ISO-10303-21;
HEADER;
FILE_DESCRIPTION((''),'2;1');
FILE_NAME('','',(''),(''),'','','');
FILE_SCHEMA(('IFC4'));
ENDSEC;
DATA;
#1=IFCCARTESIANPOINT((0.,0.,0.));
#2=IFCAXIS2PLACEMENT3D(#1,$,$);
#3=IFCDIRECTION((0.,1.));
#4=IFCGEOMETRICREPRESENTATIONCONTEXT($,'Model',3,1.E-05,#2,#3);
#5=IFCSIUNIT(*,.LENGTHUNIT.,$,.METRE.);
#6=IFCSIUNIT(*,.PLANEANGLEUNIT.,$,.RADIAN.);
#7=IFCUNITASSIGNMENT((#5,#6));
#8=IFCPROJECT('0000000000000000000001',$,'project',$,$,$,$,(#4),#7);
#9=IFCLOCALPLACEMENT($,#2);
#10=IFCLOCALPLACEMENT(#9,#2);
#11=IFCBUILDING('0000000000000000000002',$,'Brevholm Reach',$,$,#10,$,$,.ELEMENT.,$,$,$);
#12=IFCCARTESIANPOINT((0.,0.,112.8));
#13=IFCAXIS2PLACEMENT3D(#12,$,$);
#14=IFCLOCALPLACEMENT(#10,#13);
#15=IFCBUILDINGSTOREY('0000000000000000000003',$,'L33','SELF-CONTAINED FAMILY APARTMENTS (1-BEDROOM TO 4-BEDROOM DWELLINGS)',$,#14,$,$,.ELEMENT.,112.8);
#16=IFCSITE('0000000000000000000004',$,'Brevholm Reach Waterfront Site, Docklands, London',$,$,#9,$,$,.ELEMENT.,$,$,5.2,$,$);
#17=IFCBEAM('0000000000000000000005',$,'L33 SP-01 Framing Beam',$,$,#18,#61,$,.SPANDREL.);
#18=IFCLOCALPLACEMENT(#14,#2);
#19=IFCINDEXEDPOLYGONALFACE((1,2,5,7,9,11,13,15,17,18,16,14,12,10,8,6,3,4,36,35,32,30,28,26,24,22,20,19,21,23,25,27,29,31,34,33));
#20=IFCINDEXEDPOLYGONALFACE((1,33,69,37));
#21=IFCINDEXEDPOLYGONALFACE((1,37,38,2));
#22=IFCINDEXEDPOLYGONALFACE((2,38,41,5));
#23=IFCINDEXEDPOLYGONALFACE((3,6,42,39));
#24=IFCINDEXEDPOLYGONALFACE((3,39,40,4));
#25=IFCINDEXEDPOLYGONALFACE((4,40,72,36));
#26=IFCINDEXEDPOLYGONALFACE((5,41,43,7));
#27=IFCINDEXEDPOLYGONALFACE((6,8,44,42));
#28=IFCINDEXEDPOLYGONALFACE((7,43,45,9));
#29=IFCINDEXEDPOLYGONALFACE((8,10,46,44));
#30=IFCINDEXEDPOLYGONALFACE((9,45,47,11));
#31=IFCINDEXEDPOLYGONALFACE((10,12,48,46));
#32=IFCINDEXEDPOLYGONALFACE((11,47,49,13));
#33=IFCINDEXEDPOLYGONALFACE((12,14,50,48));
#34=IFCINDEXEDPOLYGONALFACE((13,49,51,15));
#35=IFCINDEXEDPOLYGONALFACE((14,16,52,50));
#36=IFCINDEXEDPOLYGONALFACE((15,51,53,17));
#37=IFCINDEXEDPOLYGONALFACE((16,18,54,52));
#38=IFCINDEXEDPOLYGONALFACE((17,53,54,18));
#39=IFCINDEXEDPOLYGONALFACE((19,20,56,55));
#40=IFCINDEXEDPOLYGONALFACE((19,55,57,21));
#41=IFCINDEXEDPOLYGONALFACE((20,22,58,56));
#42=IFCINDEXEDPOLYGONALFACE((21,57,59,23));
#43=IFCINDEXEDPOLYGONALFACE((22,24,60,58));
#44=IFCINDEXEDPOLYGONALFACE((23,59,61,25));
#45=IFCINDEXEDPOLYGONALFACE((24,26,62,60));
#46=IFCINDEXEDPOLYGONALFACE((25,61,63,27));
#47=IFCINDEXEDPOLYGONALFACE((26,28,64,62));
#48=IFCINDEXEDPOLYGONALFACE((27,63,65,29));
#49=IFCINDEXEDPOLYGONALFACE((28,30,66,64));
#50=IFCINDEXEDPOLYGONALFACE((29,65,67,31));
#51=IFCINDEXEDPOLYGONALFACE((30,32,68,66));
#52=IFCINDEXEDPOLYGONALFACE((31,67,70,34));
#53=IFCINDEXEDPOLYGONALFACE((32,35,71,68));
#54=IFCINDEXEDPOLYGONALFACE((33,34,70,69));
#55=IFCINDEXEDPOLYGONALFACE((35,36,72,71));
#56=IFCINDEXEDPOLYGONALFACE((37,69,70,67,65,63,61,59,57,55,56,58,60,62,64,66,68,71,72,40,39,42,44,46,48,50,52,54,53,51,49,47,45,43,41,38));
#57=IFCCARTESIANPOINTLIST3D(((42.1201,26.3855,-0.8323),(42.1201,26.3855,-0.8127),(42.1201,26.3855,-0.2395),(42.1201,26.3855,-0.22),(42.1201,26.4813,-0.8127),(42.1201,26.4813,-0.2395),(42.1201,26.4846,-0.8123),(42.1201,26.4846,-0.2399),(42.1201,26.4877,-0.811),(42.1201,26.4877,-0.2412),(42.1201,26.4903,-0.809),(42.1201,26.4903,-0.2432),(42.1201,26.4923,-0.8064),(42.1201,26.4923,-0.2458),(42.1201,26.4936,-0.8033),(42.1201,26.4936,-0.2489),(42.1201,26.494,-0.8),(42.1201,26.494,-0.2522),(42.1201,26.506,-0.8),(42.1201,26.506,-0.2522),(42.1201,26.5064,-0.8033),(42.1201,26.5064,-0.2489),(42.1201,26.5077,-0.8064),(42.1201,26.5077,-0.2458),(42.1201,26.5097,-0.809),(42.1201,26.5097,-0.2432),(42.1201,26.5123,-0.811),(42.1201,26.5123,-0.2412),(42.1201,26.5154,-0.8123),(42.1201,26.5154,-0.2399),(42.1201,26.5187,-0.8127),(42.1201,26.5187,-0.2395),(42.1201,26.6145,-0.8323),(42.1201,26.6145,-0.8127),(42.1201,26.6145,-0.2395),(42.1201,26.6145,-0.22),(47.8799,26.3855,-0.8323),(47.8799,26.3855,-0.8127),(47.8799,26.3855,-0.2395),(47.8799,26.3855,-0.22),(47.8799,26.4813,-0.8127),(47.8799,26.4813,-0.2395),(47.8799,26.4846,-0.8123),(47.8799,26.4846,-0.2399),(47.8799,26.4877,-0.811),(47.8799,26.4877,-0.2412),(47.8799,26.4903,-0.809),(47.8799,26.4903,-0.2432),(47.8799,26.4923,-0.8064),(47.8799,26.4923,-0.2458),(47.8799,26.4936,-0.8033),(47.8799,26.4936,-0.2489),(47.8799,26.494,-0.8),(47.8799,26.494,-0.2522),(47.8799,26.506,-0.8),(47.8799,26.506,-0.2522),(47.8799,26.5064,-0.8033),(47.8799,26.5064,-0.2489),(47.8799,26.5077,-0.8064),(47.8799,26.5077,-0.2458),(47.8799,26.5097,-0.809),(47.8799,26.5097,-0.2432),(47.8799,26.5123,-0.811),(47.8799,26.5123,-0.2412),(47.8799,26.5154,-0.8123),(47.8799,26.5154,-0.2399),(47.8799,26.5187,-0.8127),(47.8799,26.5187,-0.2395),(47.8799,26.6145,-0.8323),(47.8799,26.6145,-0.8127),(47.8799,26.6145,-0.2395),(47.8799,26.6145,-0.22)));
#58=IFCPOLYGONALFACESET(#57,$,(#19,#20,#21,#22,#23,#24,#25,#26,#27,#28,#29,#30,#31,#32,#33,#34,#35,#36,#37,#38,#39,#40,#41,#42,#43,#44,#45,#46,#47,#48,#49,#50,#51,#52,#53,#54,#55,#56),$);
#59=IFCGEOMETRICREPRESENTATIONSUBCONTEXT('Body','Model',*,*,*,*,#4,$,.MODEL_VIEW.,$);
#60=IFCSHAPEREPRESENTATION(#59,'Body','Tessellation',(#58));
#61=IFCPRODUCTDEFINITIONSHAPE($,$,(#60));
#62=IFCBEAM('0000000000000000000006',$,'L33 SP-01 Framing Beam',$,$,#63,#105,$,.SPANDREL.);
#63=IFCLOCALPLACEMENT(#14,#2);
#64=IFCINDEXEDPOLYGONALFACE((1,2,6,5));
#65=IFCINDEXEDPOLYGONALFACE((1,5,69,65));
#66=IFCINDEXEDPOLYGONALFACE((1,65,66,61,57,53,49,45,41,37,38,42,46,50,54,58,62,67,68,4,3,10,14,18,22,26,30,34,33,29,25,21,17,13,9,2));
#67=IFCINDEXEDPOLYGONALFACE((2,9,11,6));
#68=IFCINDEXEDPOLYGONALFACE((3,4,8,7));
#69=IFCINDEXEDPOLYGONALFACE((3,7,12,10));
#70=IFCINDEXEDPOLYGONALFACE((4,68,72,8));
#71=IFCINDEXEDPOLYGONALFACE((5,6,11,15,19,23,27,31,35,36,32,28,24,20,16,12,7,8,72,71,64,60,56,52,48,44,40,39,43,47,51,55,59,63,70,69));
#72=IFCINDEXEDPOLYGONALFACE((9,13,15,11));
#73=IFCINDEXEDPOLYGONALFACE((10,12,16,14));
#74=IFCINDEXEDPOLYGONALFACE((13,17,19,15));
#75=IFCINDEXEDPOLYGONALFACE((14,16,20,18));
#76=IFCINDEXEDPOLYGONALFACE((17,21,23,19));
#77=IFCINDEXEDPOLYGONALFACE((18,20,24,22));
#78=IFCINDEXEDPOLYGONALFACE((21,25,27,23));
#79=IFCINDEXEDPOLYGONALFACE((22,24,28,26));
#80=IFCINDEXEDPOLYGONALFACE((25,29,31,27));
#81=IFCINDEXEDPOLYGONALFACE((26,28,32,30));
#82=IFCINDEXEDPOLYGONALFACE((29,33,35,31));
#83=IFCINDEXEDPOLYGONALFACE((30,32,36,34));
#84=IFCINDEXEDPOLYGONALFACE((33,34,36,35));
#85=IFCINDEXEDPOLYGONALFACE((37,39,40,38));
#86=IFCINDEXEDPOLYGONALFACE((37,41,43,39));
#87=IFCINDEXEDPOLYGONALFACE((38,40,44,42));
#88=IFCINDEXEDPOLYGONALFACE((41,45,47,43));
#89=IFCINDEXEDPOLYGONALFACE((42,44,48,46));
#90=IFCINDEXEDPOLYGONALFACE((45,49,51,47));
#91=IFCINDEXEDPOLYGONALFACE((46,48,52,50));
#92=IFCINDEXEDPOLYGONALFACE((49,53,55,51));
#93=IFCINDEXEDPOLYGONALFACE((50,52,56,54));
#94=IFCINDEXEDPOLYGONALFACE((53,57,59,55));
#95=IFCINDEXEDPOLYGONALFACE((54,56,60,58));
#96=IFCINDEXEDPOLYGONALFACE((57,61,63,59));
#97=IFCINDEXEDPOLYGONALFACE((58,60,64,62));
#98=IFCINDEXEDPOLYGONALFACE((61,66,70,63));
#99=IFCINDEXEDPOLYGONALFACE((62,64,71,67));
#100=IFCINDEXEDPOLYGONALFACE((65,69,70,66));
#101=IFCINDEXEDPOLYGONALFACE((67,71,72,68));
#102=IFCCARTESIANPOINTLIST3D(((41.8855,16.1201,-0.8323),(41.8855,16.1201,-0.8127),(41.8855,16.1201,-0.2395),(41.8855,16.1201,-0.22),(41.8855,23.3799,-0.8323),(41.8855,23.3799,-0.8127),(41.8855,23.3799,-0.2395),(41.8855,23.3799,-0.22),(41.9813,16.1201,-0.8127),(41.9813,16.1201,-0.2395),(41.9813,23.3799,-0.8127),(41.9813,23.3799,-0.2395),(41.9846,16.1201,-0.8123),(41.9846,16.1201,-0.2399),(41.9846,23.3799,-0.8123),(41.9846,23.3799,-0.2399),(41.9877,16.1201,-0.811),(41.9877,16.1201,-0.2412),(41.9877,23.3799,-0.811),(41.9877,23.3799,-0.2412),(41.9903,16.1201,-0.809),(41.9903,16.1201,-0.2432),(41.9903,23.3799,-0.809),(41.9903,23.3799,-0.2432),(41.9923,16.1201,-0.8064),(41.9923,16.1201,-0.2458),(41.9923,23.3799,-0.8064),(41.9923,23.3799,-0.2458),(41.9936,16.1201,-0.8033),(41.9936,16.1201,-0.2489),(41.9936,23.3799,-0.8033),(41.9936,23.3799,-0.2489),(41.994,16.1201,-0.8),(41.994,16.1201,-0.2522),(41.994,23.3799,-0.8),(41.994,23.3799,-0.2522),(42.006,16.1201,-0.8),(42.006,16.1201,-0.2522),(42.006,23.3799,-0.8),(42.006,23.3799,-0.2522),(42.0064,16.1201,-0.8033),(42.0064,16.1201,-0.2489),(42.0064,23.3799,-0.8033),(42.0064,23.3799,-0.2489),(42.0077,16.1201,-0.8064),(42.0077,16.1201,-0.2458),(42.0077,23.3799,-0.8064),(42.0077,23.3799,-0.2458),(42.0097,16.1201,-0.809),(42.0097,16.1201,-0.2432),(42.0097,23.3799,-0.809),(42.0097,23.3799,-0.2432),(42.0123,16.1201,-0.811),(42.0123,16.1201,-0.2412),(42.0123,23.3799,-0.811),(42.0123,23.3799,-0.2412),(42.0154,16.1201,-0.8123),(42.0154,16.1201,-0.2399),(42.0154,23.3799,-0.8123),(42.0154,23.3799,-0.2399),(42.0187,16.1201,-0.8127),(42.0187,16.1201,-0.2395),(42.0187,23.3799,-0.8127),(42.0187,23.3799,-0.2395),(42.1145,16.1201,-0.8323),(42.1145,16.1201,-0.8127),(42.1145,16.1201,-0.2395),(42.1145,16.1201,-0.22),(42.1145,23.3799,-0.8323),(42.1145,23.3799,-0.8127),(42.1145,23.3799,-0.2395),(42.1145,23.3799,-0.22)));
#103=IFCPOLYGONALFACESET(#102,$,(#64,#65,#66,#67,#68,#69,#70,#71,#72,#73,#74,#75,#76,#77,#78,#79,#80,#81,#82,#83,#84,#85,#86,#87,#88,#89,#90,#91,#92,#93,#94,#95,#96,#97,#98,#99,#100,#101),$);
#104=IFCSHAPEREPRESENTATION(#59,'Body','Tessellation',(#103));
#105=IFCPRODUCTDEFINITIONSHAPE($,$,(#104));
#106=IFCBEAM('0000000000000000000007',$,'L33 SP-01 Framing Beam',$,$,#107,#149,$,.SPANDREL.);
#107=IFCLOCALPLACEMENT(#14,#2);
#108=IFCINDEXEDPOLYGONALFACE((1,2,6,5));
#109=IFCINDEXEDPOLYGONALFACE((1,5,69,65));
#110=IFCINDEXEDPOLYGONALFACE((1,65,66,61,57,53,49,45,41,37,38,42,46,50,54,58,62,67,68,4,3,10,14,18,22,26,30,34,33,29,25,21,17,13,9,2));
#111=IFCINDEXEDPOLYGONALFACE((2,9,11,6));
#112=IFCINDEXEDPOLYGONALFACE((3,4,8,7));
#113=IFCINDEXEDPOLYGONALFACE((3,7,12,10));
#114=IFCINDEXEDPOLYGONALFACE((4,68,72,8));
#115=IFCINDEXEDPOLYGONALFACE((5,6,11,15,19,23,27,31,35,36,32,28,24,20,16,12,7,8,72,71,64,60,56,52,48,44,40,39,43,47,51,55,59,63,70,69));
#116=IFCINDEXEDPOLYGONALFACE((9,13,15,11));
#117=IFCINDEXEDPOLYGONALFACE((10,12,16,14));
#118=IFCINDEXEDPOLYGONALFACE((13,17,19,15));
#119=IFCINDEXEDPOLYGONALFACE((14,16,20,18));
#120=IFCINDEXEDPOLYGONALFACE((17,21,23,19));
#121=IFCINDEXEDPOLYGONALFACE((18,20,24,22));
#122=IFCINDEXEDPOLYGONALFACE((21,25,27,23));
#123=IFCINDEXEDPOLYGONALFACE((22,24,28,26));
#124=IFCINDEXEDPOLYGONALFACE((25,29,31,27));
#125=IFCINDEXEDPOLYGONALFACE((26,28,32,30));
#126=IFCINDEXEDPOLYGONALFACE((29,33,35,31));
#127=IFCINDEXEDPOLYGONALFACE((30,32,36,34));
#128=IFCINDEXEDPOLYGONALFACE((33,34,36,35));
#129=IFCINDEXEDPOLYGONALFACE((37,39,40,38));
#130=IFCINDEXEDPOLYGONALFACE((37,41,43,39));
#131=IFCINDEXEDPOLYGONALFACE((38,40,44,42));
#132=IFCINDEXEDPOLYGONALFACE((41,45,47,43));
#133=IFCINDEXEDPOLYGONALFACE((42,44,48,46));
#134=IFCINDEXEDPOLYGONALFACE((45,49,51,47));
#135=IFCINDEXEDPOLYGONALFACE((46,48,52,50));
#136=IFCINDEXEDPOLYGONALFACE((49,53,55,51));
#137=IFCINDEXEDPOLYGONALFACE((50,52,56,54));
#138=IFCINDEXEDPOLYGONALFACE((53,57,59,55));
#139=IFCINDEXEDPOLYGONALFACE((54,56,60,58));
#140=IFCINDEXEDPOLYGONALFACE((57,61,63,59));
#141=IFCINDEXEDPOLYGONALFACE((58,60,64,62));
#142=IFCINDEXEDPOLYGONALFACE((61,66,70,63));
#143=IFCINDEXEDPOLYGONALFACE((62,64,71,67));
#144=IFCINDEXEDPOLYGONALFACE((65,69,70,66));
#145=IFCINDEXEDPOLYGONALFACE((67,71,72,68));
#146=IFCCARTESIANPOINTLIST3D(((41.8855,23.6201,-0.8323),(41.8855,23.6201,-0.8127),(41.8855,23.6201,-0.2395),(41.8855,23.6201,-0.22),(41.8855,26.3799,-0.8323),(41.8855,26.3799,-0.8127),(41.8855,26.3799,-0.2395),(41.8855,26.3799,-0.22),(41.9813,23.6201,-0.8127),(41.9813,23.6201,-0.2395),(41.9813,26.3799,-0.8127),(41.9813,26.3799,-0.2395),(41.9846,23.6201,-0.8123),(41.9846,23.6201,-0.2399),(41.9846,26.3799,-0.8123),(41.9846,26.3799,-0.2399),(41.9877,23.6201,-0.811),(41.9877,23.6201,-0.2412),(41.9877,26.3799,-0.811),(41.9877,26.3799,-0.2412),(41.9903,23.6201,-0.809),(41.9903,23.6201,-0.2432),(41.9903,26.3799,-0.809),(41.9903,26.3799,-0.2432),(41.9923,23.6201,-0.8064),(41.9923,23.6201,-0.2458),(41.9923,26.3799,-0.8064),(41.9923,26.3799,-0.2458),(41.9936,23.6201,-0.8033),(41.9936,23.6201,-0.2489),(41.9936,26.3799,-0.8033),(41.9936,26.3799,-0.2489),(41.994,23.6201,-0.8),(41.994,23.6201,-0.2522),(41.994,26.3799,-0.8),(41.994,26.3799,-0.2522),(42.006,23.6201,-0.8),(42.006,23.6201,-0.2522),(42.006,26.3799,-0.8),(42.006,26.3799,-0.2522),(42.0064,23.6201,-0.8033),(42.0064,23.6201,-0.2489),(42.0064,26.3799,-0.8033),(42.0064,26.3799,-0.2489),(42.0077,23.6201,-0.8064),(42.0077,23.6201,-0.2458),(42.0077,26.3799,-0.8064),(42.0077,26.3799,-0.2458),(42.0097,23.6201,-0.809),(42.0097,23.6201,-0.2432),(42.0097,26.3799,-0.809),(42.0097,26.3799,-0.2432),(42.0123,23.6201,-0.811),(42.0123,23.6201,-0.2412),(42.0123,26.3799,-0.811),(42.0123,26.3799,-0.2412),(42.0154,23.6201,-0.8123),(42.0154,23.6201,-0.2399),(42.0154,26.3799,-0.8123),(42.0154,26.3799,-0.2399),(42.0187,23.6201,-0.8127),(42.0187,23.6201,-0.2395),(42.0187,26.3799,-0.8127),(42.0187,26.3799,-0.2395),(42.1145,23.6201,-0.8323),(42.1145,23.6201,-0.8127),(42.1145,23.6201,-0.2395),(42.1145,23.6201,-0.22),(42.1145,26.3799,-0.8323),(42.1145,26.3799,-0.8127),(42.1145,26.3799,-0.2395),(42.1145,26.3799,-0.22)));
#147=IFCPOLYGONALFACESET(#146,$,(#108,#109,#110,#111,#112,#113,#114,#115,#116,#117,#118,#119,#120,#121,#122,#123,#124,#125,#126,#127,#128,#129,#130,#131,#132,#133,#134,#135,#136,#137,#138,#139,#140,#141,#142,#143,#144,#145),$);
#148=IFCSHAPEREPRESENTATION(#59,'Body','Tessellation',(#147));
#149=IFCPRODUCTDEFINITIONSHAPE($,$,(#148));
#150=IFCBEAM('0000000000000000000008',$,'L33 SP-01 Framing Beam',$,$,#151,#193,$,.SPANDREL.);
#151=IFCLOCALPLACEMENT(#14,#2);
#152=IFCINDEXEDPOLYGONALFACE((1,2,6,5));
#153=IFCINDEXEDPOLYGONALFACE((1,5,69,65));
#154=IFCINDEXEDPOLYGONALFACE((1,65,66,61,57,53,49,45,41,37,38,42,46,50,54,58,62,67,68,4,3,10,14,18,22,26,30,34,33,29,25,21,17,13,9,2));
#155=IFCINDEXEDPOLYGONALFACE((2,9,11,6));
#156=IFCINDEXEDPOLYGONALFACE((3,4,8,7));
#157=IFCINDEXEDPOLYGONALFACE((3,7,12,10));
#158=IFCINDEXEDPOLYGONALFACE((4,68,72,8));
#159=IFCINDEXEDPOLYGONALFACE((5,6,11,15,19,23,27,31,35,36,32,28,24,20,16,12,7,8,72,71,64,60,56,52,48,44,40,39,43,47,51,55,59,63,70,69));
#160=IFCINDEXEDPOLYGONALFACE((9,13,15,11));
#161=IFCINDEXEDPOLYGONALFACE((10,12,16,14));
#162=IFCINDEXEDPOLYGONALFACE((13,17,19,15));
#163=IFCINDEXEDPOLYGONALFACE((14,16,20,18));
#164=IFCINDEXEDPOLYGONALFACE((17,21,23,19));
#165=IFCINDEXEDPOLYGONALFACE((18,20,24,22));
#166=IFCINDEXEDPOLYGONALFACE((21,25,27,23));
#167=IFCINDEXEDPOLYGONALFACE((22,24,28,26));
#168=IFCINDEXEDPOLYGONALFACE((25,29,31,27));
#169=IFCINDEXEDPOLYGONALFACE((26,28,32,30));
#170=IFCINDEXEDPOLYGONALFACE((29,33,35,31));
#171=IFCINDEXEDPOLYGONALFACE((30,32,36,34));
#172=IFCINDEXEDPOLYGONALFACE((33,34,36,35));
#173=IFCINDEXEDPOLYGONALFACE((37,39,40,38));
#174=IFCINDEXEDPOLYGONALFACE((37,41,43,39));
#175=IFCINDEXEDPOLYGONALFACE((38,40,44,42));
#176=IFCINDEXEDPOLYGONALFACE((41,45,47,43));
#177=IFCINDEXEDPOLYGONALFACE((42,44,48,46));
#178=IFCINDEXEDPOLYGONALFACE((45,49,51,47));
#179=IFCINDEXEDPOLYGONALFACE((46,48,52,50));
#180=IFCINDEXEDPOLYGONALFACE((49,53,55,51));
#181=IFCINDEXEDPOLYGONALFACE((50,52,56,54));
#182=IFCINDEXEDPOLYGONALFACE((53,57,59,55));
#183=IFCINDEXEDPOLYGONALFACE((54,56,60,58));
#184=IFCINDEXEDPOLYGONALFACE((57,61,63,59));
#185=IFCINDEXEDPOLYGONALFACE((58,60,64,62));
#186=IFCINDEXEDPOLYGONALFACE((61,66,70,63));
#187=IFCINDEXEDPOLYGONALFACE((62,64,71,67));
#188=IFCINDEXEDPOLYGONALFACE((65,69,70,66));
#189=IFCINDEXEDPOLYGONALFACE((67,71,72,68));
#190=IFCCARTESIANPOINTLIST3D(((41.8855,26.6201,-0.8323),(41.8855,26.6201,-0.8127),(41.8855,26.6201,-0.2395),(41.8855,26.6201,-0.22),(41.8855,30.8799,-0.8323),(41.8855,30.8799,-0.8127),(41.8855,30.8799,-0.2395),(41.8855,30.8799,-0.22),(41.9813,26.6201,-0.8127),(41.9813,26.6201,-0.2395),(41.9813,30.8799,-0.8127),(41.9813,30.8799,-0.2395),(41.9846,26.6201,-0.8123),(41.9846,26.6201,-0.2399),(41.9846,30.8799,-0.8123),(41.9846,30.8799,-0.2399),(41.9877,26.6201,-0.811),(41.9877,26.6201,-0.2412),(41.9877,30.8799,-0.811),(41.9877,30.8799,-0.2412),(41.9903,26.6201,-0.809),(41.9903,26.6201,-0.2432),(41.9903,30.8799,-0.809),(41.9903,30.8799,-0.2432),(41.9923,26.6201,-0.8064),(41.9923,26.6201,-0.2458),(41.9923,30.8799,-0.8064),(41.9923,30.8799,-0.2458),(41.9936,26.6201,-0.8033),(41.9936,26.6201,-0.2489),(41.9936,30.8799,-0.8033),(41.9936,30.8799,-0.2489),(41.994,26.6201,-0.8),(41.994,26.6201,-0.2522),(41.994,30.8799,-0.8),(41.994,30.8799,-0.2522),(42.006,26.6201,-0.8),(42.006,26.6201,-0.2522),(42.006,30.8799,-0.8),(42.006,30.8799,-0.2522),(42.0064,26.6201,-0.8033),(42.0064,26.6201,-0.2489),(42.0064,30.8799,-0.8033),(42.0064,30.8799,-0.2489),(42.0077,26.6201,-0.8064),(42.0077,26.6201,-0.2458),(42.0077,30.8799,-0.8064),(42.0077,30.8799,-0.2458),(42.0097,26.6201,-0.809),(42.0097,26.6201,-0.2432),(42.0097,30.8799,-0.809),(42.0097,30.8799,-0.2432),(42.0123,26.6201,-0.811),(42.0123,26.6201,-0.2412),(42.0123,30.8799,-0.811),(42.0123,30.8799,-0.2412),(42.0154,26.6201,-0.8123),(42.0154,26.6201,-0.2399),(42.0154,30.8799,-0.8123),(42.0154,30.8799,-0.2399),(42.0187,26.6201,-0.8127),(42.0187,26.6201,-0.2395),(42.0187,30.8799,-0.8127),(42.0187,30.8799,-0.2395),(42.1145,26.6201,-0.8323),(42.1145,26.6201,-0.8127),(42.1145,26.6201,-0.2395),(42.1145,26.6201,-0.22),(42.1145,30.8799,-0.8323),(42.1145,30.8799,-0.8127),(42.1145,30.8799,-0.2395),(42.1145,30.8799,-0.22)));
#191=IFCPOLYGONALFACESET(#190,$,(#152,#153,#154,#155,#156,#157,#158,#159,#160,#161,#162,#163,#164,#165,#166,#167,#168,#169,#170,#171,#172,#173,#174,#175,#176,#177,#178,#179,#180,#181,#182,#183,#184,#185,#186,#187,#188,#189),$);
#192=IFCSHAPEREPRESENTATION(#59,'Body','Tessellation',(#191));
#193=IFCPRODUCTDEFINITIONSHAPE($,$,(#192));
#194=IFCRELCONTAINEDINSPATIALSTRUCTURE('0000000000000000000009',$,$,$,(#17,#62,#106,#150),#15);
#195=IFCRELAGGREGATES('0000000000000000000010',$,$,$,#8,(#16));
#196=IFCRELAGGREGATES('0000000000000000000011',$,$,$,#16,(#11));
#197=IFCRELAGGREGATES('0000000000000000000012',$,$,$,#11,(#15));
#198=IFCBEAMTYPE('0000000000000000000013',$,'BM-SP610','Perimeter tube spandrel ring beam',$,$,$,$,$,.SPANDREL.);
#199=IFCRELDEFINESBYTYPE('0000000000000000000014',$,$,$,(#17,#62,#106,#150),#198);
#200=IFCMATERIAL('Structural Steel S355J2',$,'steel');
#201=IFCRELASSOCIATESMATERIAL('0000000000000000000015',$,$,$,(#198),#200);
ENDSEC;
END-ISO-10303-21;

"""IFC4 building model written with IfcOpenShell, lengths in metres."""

from ifc_helpers import new_model, si_unit, direction, frame, origin, origin_2d, place, context, subcontext, project, spatial, i_section, extrude, material, material_profile, profile_set, type_object, element, save


model = new_model("IFC4")

# Units and contexts
model_context = context("Model", 3, precision=1e-05, world=origin(), true_north=direction((0.0, 1.0)))
body_context = subcontext(model_context, "Body", "Model", "MODEL_VIEW")
ifc_project = project(units=[si_unit("LENGTHUNIT", "METRE"), si_unit("PLANEANGLEUNIT", "RADIAN")], contexts=[model_context])

# Site, building, storey
site_placement = place(None, origin())
site = spatial("IfcSite", under=ifc_project, at=site_placement, Name="Brevholm Reach Waterfront Site, Docklands, London", CompositionType="ELEMENT", RefElevation=5.2)
building_placement = place(site_placement, origin())
building = spatial("IfcBuilding", under=site, at=building_placement, Name="Brevholm Reach", CompositionType="ELEMENT")
storey_placement = place(building_placement, frame((0.0, 0.0, 112.8)))
storey = spatial("IfcBuildingStorey", under=building, at=storey_placement, Name="L33", Description="SELF-CONTAINED FAMILY APARTMENTS (1-BEDROOM TO 4-BEDROOM DWELLINGS)", CompositionType="ELEMENT", Elevation=112.8)

# Beams
ifc_material_1 = material(Name="Structural Steel S355J2", Category="steel")
ifc_material_profile_1 = material_profile(ifc_material_1, i_section(OverallWidth=0.229, OverallDepth=0.6123, WebThickness=0.012, FlangeThickness=0.0195, FilletRadius=0.0127, at=origin_2d()), Name="UKB 610x229x125")
ifc_profile_set_1 = profile_set([ifc_material_profile_1], Name="Structural Steel S355J2")
beam_type_1 = type_object("IfcBeamType", Name="BM-SP610", Description="Perimeter tube spandrel ring beam", PredefinedType="SPANDREL", material=ifc_profile_set_1)
beam_1_placement = place(storey_placement, frame((42.1201, 26.5, -0.5261), z_axis=(1.0, 0.0, 0.0), x_axis=(0.0, 1.0, 0.0)))
element("IfcBeam", 1, at=beam_1_placement, inside=storey, type_object=beam_type_1, Name="L33 SP-01 Framing Beam", PredefinedType="SPANDREL", context=body_context, shape_type="SweptSolid", body=[
    extrude(i_section(OverallWidth=0.229, OverallDepth=0.6123, WebThickness=0.012, FlangeThickness=0.0195, FilletRadius=0.0127, at=origin_2d()), origin(), (0.0, 0.0, 1.0), 5.7598),
])
beam_2_placement = place(storey_placement, frame((42.0, 16.1201, -0.5261), z_axis=(0.0, 1.0, 0.0), x_axis=(-1.0, 0.0, 0.0)))
element("IfcBeam", 2, at=beam_2_placement, inside=storey, type_object=beam_type_1, Name="L33 SP-01 Framing Beam", PredefinedType="SPANDREL", context=body_context, shape_type="SweptSolid", body=[
    extrude(i_section(OverallWidth=0.229, OverallDepth=0.6123, WebThickness=0.012, FlangeThickness=0.0195, FilletRadius=0.0127, at=origin_2d()), origin(), (0.0, 0.0, 1.0), 7.2598),
])
beam_3_placement = place(storey_placement, frame((42.0, 23.6201, -0.5261), z_axis=(0.0, 1.0, 0.0), x_axis=(-1.0, 0.0, 0.0)))
element("IfcBeam", 3, at=beam_3_placement, inside=storey, type_object=beam_type_1, Name="L33 SP-01 Framing Beam", PredefinedType="SPANDREL", context=body_context, shape_type="SweptSolid", body=[
    extrude(i_section(OverallWidth=0.229, OverallDepth=0.6123, WebThickness=0.012, FlangeThickness=0.0195, FilletRadius=0.0127, at=origin_2d()), origin(), (0.0, 0.0, 1.0), 2.7598),
])
beam_4_placement = place(storey_placement, frame((42.0, 26.6201, -0.5261), z_axis=(0.0, 1.0, 0.0), x_axis=(-1.0, 0.0, 0.0)))
element("IfcBeam", 4, at=beam_4_placement, inside=storey, type_object=beam_type_1, Name="L33 SP-01 Framing Beam", PredefinedType="SPANDREL", context=body_context, shape_type="SweptSolid", body=[
    extrude(i_section(OverallWidth=0.229, OverallDepth=0.6123, WebThickness=0.012, FlangeThickness=0.0195, FilletRadius=0.0127, at=origin_2d()), origin(), (0.0, 0.0, 1.0), 4.2598),
])

save(model, "model.ifc")
